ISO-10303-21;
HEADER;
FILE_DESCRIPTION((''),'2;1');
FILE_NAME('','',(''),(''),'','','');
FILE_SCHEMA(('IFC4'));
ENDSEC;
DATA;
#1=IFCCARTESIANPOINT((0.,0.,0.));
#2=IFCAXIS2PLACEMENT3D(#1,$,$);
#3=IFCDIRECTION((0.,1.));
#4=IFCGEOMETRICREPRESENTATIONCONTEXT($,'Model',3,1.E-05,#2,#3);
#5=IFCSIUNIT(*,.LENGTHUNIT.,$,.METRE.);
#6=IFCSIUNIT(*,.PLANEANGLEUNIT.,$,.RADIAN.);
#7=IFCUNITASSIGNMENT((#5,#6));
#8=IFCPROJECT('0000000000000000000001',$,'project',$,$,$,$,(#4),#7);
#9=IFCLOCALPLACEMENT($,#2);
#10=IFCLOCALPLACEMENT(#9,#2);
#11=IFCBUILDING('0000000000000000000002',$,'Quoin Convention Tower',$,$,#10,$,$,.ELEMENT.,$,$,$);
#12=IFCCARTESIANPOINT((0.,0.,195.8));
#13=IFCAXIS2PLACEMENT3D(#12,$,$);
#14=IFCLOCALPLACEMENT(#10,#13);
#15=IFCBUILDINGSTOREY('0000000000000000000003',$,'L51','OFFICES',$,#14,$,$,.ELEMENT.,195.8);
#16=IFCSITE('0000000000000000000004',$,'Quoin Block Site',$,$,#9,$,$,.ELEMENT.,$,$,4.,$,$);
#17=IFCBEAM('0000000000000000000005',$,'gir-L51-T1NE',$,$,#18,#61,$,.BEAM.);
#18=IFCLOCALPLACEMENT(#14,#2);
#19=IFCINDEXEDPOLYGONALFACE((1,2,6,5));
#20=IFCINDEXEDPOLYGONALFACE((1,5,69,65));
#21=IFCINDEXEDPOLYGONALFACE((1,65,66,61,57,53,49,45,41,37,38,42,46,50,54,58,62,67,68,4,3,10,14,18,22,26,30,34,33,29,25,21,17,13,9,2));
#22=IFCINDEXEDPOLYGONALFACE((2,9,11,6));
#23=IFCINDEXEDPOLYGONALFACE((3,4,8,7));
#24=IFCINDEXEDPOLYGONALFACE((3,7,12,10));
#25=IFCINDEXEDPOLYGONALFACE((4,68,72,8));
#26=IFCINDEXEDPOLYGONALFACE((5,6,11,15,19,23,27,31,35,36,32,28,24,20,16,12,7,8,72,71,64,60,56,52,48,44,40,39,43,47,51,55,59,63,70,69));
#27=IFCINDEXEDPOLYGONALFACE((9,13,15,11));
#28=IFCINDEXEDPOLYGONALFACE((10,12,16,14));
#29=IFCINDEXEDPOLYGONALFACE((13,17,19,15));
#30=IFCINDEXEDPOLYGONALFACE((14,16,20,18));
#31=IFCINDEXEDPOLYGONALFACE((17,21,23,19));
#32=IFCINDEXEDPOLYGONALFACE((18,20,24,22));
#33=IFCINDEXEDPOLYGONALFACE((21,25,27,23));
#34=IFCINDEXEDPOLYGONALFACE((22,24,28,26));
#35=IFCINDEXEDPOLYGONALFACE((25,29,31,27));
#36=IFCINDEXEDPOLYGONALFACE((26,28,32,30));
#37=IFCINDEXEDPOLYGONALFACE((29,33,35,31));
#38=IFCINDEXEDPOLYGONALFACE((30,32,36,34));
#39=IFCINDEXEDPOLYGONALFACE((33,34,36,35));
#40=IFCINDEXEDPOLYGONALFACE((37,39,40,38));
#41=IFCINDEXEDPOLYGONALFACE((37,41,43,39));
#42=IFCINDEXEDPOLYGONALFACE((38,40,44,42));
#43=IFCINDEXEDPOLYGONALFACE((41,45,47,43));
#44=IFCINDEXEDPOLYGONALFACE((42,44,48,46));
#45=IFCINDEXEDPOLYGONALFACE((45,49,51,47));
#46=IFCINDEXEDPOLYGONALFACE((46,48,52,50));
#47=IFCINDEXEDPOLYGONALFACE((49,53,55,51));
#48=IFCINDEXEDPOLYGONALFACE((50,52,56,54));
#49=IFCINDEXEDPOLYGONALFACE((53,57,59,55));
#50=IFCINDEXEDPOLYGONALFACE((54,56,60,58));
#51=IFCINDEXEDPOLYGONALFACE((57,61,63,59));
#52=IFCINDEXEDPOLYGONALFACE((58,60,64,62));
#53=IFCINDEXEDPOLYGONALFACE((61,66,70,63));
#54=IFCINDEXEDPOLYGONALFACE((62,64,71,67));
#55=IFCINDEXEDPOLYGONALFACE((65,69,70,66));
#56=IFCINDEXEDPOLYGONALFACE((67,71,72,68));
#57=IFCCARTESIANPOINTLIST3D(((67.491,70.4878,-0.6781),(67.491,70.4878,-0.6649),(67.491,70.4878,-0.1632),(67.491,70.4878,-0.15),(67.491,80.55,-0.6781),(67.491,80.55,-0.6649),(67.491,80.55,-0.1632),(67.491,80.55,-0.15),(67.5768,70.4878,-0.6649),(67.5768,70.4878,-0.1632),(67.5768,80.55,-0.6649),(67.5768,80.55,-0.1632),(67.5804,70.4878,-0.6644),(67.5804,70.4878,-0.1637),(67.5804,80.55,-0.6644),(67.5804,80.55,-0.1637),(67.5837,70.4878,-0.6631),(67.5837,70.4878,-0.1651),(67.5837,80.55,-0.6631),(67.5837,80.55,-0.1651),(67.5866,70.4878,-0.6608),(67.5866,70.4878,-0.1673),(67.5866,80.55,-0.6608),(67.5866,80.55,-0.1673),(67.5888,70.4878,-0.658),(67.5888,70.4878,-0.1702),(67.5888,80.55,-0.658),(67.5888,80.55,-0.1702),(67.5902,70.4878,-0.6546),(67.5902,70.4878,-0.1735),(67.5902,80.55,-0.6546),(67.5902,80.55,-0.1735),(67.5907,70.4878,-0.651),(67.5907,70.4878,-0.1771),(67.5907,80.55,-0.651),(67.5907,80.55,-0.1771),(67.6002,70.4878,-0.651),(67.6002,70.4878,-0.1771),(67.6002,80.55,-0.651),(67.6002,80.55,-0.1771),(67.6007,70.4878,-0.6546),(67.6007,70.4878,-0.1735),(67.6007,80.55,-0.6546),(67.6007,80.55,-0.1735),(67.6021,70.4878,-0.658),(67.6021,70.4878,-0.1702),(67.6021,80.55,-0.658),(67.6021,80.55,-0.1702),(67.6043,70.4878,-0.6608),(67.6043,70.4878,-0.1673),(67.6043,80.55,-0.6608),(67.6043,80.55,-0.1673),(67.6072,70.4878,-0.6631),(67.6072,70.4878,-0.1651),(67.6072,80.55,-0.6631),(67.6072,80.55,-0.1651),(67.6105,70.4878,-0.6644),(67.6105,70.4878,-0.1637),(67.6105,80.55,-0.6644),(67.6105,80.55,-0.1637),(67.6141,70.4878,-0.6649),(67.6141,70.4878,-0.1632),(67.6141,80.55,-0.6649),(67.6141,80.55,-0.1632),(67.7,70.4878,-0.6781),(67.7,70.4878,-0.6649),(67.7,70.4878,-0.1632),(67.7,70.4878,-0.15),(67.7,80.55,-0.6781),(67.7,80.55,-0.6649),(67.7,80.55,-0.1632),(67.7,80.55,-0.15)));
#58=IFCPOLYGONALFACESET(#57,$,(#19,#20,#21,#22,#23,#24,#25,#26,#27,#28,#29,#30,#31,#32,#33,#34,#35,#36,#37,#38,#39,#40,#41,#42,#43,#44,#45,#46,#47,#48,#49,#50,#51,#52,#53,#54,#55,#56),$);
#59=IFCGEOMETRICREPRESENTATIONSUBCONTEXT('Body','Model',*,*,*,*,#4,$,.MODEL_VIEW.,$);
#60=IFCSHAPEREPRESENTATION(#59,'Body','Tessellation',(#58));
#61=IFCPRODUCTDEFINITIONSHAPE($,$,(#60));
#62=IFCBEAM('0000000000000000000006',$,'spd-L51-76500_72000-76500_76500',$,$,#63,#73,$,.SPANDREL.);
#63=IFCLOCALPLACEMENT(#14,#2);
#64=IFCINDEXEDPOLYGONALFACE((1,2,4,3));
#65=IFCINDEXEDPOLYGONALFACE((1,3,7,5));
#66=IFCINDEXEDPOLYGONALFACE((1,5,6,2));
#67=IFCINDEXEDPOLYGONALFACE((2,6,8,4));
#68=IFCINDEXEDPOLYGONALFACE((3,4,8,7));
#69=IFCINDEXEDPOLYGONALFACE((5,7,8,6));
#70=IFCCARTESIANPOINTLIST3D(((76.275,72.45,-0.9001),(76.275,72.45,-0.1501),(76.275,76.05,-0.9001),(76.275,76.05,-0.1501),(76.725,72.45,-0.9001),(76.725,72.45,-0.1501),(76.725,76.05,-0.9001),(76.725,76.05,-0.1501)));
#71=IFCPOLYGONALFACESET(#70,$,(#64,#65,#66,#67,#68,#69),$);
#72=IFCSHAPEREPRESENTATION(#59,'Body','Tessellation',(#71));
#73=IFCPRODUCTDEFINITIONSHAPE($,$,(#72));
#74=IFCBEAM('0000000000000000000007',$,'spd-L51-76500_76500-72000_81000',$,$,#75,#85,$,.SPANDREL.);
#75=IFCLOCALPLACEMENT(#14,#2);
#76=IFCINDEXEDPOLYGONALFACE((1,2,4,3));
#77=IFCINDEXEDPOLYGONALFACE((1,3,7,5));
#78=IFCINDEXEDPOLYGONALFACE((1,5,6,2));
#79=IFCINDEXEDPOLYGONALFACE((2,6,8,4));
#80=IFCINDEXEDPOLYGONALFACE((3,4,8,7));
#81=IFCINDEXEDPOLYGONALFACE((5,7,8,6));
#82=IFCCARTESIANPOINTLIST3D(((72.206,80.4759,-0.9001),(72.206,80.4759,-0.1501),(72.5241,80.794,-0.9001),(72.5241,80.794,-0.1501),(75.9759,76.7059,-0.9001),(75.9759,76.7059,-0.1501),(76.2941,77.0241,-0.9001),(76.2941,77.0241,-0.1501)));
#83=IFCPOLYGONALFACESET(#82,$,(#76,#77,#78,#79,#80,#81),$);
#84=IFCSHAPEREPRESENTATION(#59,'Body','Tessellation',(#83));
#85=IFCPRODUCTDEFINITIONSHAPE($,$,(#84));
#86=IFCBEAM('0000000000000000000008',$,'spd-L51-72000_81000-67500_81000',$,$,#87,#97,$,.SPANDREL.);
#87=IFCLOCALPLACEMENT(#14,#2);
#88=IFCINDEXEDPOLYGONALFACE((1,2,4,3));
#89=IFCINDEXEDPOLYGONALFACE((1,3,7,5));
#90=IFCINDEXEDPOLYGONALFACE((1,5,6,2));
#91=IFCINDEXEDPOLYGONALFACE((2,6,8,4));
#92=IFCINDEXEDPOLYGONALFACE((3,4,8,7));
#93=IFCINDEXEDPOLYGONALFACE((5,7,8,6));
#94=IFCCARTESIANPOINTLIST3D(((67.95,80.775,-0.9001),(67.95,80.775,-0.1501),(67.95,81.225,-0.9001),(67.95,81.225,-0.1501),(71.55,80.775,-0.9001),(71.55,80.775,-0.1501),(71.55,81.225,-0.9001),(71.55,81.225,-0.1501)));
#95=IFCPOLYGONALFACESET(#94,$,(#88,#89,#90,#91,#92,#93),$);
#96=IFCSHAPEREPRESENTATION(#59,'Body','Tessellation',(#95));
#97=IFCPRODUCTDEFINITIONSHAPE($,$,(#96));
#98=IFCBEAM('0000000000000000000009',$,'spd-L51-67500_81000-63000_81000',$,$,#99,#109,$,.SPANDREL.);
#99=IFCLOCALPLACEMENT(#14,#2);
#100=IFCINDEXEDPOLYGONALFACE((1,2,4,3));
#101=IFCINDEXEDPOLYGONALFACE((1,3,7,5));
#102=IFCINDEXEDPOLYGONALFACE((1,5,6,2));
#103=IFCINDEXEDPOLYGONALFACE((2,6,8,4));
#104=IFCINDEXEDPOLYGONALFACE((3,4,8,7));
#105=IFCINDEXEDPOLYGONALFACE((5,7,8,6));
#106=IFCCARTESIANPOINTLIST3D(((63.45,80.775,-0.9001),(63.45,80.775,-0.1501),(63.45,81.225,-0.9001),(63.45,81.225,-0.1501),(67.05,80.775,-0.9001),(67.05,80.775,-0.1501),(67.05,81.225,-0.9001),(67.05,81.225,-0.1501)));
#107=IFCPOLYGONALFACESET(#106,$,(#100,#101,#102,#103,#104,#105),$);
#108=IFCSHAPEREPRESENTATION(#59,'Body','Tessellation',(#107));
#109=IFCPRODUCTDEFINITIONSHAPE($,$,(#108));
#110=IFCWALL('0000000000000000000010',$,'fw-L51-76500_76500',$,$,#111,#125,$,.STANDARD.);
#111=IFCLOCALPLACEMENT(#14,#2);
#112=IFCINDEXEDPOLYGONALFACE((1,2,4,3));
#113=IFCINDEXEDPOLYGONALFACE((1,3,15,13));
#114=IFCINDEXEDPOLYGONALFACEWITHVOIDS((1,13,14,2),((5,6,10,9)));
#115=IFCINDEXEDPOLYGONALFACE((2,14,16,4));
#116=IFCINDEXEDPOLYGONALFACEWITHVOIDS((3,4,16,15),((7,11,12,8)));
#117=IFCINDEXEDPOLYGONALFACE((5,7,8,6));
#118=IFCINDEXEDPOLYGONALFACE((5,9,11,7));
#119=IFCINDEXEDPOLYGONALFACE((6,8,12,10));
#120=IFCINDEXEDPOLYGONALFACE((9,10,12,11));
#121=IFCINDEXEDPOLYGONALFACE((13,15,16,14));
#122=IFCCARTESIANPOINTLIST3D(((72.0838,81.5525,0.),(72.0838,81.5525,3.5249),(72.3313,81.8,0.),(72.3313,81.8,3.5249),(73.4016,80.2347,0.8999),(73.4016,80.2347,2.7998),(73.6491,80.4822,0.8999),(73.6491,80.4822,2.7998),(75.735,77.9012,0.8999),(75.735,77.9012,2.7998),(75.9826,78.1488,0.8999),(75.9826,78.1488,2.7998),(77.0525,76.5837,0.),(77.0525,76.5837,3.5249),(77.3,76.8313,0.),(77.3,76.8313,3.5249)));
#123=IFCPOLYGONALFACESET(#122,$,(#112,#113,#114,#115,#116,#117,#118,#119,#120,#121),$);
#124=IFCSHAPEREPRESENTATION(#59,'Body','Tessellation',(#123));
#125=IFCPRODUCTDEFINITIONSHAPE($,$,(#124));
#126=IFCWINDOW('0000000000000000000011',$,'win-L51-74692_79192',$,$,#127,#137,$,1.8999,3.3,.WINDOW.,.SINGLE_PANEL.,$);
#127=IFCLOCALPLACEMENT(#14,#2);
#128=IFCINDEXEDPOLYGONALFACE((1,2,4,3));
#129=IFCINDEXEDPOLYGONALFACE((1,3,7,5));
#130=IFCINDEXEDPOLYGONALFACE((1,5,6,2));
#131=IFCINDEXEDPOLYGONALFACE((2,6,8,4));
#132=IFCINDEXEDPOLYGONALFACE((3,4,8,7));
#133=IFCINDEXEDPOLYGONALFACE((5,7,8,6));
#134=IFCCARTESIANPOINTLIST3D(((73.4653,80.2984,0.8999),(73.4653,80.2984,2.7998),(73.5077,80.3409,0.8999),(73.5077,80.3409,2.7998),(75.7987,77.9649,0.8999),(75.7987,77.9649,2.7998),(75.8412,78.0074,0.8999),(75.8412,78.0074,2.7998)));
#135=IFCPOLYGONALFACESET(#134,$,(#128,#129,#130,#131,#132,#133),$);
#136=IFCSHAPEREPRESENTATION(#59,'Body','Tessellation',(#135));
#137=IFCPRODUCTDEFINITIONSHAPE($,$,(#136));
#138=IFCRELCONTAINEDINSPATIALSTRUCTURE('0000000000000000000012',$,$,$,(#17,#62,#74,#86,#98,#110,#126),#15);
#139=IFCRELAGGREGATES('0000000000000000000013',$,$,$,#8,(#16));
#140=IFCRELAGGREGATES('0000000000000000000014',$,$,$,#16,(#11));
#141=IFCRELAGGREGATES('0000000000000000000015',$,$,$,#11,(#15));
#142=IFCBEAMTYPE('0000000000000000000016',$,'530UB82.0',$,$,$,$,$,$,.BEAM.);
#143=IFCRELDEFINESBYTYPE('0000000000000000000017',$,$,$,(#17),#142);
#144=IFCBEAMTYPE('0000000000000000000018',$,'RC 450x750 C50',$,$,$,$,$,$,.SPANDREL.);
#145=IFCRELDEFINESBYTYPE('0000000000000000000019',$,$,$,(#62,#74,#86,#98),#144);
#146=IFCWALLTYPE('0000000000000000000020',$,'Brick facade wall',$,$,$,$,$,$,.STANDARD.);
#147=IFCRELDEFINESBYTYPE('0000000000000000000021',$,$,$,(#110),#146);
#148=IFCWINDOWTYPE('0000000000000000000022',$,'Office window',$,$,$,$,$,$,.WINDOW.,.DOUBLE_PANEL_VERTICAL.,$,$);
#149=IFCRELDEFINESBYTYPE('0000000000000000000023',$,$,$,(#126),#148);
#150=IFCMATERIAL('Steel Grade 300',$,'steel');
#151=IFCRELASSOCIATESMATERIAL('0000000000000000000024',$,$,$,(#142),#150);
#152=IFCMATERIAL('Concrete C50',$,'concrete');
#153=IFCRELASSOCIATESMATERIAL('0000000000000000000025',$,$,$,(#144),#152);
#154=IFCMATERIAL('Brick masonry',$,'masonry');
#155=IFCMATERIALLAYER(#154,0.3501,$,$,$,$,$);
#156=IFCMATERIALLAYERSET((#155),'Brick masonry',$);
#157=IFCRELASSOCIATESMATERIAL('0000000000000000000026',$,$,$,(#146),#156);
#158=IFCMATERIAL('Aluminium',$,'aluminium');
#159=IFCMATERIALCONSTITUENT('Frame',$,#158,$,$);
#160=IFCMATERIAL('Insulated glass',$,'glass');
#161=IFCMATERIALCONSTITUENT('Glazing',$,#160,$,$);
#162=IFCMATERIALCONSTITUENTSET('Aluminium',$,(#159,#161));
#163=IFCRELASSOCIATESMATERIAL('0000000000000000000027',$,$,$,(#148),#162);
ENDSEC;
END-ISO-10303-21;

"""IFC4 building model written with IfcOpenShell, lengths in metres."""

from ifc_helpers import new_model, si_unit, direction, frame, frame_2d, origin, origin_2d, place, context, subcontext, project, spatial, rectangle, i_section, extrude, material, layer, layer_set, constituent, constituent_set, material_profile, profile_set, type_object, element, fill, save


model = new_model("IFC4")

# Units and contexts
model_context = context("Model", 3, precision=1e-05, world=origin(), true_north=direction((0.0, 1.0)))
body_context = subcontext(model_context, "Body", "Model", "MODEL_VIEW")
ifc_project = project(units=[si_unit("LENGTHUNIT", "METRE"), si_unit("PLANEANGLEUNIT", "RADIAN")], contexts=[model_context])

# Site, building, storey
site_placement = place(None, origin())
site = spatial("IfcSite", under=ifc_project, at=site_placement, Name="Quoin Block Site", CompositionType="ELEMENT", RefElevation=4.0)
building_placement = place(site_placement, origin())
building = spatial("IfcBuilding", under=site, at=building_placement, Name="Quoin Convention Tower", CompositionType="ELEMENT")
storey_placement = place(building_placement, frame((0.0, 0.0, 195.8)))
storey = spatial("IfcBuildingStorey", under=building, at=storey_placement, Name="L51", Description="OFFICES", CompositionType="ELEMENT", Elevation=195.8)

# Shared definitions
ifc_material_1 = material(Name="Concrete C50", Category="concrete")

# Beams
ifc_material_2 = material(Name="Steel Grade 300", Category="steel")
ifc_material_profile_1 = material_profile(ifc_material_2, i_section(OverallWidth=0.209, OverallDepth=0.5281, WebThickness=0.0095, FlangeThickness=0.0132, FilletRadius=0.0139, at=origin_2d()), Name="530UB82.0")
ifc_profile_set_1 = profile_set([ifc_material_profile_1], Name="Steel Grade 300")
beam_type_1 = type_object("IfcBeamType", Name="530UB82.0", PredefinedType="BEAM", material=ifc_profile_set_1)
beam_1_placement = place(storey_placement, frame((67.5955, 80.55, -0.4141), z_axis=(0.0, -1.0, 0.0), x_axis=(1.0, 0.0, 0.0)))
element("IfcBeam", 1, at=beam_1_placement, inside=storey, type_object=beam_type_1, Name="gir-L51-T1NE", PredefinedType="BEAM", context=body_context, shape_type="SweptSolid", body=[
    extrude(i_section(OverallWidth=0.209, OverallDepth=0.5281, WebThickness=0.0095, FlangeThickness=0.0132, FilletRadius=0.0139, at=origin_2d()), origin(), (0.0, 0.0, 1.0), 10.0623),
])
ifc_material_profile_2 = material_profile(ifc_material_1, rectangle(XDim=0.45, YDim=0.75, at=origin_2d()), Name="RC 450x750")
ifc_profile_set_2 = profile_set([ifc_material_profile_2], Name="Concrete C50")
beam_type_2 = type_object("IfcBeamType", Name="RC 450x750 C50", PredefinedType="SPANDREL", material=ifc_profile_set_2)
beam_2_placement = place(storey_placement, frame((76.5, 72.45, -0.5251), z_axis=(0.0, 1.0, 0.0), x_axis=(-1.0, 0.0, 0.0)))
element("IfcBeam", 2, at=beam_2_placement, inside=storey, type_object=beam_type_2, Name="spd-L51-76500_72000-76500_76500", PredefinedType="SPANDREL", context=body_context, shape_type="SweptSolid", body=[
    extrude(rectangle(XDim=0.45, YDim=0.75, at=origin_2d()), origin(), (0.0, 0.0, 1.0), 3.6001),
])
beam_3_placement = place(storey_placement, frame((76.135, 76.865, -0.5251), z_axis=(-0.707107, 0.707107, 0.0), x_axis=(-0.707107, -0.707107, 0.0)))
element("IfcBeam", 3, at=beam_3_placement, inside=storey, type_object=beam_type_2, Name="spd-L51-76500_76500-72000_81000", PredefinedType="SPANDREL", context=body_context, shape_type="SweptSolid", body=[
    extrude(rectangle(XDim=0.45, YDim=0.75, at=origin_2d()), origin(), (0.0, 0.0, 1.0), 5.3315),
])
for number, where, z_axis, x_axis, name in (
    (4, (71.55, 81.0, -0.5251), (-1.0, 0.0, 0.0), (0.0, -1.0, 0.0), "spd-L51-72000_81000-67500_81000"),
    (5, (67.05, 81.0, -0.5251), (-1.0, 0.0, 0.0), (0.0, -1.0, 0.0), "spd-L51-67500_81000-63000_81000"),
):
    element("IfcBeam", number, at=place(storey_placement, frame(where, z_axis=z_axis, x_axis=x_axis)), inside=storey, type_object=beam_type_2, Name=name, PredefinedType="SPANDREL", context=body_context, shape_type="SweptSolid", body=[
        extrude(rectangle(XDim=0.45, YDim=0.75, at=origin_2d()), origin(), (0.0, 0.0, 1.0), 3.6001),
    ])

# Wall, opening, window
ifc_material_3 = material(Name="Brick masonry", Category="masonry")
ifc_layer_1 = layer(ifc_material_3, 0.3501)
ifc_layer_set_1 = layer_set([ifc_layer_1], Name="Brick masonry")
wall_type_1 = type_object("IfcWallType", Name="Brick facade wall", PredefinedType="STANDARD", material=ifc_layer_set_1)
wall_1_placement = place(storey_placement, frame((77.1763, 76.7075, 0.0), z_axis=(0.0, 0.0, 1.0), x_axis=(-0.707107, 0.707107, 0.0)))
wall_1 = element("IfcWall", 6, at=wall_1_placement, inside=storey, type_object=wall_type_1, Name="fw-L51-76500_76500", PredefinedType="STANDARD", context=body_context, shape_type="SweptSolid", body=[
    extrude(rectangle(XDim=7.0269, YDim=0.3501, at=frame_2d((3.5134, 0.0))), origin(), (0.0, 0.0, 1.0), 3.5249),
])
opening_1_placement = place(wall_1_placement, frame((1.8633, 0.0, 0.8999)))
opening_1 = element("IfcOpeningElement", 7, at=opening_1_placement, cuts=wall_1, PredefinedType="OPENING", context=body_context, shape_type="SweptSolid", body=[
    extrude(rectangle(XDim=3.3, YDim=1.8999, at=frame_2d((1.6499, 0.95))), frame((0.0, 0.1851, 0.0), z_axis=(0.0, -1.0, 0.0), x_axis=(1.0, 0.0, 0.0)), (0.0, 0.0, 1.0), 0.3701),
])
ifc_material_4 = material(Name="Aluminium", Category="aluminium")
ifc_constituent_1 = constituent(ifc_material_4, Name="Frame")
ifc_material_5 = material(Name="Insulated glass", Category="glass")
ifc_constituent_2 = constituent(ifc_material_5, Name="Glazing")
ifc_constituent_set = constituent_set(constituents=[ifc_constituent_1, ifc_constituent_2], Name="Aluminium")
window_type = type_object("IfcWindowType", Name="Office window", PartitioningType="DOUBLE_PANEL_VERTICAL", PredefinedType="WINDOW", material=ifc_constituent_set)
window_1_placement = place(opening_1_placement, origin())
window_1 = element("IfcWindow", 8, at=window_1_placement, inside=storey, type_object=window_type, Name="win-L51-74692_79192", OverallHeight=1.8999, OverallWidth=3.3, PartitioningType="SINGLE_PANEL", PredefinedType="WINDOW", context=body_context, shape_type="SweptSolid", body=[
    extrude(rectangle(XDim=3.3, YDim=1.8999, at=frame_2d((1.6499, 0.95))), frame((0.0, 0.085, 0.0), z_axis=(0.0, -1.0, 0.0), x_axis=(1.0, 0.0, 0.0)), (0.0, 0.0, 1.0), 0.0601),
])
fill(opening_1, window_1)

save(model, "model.ifc")
